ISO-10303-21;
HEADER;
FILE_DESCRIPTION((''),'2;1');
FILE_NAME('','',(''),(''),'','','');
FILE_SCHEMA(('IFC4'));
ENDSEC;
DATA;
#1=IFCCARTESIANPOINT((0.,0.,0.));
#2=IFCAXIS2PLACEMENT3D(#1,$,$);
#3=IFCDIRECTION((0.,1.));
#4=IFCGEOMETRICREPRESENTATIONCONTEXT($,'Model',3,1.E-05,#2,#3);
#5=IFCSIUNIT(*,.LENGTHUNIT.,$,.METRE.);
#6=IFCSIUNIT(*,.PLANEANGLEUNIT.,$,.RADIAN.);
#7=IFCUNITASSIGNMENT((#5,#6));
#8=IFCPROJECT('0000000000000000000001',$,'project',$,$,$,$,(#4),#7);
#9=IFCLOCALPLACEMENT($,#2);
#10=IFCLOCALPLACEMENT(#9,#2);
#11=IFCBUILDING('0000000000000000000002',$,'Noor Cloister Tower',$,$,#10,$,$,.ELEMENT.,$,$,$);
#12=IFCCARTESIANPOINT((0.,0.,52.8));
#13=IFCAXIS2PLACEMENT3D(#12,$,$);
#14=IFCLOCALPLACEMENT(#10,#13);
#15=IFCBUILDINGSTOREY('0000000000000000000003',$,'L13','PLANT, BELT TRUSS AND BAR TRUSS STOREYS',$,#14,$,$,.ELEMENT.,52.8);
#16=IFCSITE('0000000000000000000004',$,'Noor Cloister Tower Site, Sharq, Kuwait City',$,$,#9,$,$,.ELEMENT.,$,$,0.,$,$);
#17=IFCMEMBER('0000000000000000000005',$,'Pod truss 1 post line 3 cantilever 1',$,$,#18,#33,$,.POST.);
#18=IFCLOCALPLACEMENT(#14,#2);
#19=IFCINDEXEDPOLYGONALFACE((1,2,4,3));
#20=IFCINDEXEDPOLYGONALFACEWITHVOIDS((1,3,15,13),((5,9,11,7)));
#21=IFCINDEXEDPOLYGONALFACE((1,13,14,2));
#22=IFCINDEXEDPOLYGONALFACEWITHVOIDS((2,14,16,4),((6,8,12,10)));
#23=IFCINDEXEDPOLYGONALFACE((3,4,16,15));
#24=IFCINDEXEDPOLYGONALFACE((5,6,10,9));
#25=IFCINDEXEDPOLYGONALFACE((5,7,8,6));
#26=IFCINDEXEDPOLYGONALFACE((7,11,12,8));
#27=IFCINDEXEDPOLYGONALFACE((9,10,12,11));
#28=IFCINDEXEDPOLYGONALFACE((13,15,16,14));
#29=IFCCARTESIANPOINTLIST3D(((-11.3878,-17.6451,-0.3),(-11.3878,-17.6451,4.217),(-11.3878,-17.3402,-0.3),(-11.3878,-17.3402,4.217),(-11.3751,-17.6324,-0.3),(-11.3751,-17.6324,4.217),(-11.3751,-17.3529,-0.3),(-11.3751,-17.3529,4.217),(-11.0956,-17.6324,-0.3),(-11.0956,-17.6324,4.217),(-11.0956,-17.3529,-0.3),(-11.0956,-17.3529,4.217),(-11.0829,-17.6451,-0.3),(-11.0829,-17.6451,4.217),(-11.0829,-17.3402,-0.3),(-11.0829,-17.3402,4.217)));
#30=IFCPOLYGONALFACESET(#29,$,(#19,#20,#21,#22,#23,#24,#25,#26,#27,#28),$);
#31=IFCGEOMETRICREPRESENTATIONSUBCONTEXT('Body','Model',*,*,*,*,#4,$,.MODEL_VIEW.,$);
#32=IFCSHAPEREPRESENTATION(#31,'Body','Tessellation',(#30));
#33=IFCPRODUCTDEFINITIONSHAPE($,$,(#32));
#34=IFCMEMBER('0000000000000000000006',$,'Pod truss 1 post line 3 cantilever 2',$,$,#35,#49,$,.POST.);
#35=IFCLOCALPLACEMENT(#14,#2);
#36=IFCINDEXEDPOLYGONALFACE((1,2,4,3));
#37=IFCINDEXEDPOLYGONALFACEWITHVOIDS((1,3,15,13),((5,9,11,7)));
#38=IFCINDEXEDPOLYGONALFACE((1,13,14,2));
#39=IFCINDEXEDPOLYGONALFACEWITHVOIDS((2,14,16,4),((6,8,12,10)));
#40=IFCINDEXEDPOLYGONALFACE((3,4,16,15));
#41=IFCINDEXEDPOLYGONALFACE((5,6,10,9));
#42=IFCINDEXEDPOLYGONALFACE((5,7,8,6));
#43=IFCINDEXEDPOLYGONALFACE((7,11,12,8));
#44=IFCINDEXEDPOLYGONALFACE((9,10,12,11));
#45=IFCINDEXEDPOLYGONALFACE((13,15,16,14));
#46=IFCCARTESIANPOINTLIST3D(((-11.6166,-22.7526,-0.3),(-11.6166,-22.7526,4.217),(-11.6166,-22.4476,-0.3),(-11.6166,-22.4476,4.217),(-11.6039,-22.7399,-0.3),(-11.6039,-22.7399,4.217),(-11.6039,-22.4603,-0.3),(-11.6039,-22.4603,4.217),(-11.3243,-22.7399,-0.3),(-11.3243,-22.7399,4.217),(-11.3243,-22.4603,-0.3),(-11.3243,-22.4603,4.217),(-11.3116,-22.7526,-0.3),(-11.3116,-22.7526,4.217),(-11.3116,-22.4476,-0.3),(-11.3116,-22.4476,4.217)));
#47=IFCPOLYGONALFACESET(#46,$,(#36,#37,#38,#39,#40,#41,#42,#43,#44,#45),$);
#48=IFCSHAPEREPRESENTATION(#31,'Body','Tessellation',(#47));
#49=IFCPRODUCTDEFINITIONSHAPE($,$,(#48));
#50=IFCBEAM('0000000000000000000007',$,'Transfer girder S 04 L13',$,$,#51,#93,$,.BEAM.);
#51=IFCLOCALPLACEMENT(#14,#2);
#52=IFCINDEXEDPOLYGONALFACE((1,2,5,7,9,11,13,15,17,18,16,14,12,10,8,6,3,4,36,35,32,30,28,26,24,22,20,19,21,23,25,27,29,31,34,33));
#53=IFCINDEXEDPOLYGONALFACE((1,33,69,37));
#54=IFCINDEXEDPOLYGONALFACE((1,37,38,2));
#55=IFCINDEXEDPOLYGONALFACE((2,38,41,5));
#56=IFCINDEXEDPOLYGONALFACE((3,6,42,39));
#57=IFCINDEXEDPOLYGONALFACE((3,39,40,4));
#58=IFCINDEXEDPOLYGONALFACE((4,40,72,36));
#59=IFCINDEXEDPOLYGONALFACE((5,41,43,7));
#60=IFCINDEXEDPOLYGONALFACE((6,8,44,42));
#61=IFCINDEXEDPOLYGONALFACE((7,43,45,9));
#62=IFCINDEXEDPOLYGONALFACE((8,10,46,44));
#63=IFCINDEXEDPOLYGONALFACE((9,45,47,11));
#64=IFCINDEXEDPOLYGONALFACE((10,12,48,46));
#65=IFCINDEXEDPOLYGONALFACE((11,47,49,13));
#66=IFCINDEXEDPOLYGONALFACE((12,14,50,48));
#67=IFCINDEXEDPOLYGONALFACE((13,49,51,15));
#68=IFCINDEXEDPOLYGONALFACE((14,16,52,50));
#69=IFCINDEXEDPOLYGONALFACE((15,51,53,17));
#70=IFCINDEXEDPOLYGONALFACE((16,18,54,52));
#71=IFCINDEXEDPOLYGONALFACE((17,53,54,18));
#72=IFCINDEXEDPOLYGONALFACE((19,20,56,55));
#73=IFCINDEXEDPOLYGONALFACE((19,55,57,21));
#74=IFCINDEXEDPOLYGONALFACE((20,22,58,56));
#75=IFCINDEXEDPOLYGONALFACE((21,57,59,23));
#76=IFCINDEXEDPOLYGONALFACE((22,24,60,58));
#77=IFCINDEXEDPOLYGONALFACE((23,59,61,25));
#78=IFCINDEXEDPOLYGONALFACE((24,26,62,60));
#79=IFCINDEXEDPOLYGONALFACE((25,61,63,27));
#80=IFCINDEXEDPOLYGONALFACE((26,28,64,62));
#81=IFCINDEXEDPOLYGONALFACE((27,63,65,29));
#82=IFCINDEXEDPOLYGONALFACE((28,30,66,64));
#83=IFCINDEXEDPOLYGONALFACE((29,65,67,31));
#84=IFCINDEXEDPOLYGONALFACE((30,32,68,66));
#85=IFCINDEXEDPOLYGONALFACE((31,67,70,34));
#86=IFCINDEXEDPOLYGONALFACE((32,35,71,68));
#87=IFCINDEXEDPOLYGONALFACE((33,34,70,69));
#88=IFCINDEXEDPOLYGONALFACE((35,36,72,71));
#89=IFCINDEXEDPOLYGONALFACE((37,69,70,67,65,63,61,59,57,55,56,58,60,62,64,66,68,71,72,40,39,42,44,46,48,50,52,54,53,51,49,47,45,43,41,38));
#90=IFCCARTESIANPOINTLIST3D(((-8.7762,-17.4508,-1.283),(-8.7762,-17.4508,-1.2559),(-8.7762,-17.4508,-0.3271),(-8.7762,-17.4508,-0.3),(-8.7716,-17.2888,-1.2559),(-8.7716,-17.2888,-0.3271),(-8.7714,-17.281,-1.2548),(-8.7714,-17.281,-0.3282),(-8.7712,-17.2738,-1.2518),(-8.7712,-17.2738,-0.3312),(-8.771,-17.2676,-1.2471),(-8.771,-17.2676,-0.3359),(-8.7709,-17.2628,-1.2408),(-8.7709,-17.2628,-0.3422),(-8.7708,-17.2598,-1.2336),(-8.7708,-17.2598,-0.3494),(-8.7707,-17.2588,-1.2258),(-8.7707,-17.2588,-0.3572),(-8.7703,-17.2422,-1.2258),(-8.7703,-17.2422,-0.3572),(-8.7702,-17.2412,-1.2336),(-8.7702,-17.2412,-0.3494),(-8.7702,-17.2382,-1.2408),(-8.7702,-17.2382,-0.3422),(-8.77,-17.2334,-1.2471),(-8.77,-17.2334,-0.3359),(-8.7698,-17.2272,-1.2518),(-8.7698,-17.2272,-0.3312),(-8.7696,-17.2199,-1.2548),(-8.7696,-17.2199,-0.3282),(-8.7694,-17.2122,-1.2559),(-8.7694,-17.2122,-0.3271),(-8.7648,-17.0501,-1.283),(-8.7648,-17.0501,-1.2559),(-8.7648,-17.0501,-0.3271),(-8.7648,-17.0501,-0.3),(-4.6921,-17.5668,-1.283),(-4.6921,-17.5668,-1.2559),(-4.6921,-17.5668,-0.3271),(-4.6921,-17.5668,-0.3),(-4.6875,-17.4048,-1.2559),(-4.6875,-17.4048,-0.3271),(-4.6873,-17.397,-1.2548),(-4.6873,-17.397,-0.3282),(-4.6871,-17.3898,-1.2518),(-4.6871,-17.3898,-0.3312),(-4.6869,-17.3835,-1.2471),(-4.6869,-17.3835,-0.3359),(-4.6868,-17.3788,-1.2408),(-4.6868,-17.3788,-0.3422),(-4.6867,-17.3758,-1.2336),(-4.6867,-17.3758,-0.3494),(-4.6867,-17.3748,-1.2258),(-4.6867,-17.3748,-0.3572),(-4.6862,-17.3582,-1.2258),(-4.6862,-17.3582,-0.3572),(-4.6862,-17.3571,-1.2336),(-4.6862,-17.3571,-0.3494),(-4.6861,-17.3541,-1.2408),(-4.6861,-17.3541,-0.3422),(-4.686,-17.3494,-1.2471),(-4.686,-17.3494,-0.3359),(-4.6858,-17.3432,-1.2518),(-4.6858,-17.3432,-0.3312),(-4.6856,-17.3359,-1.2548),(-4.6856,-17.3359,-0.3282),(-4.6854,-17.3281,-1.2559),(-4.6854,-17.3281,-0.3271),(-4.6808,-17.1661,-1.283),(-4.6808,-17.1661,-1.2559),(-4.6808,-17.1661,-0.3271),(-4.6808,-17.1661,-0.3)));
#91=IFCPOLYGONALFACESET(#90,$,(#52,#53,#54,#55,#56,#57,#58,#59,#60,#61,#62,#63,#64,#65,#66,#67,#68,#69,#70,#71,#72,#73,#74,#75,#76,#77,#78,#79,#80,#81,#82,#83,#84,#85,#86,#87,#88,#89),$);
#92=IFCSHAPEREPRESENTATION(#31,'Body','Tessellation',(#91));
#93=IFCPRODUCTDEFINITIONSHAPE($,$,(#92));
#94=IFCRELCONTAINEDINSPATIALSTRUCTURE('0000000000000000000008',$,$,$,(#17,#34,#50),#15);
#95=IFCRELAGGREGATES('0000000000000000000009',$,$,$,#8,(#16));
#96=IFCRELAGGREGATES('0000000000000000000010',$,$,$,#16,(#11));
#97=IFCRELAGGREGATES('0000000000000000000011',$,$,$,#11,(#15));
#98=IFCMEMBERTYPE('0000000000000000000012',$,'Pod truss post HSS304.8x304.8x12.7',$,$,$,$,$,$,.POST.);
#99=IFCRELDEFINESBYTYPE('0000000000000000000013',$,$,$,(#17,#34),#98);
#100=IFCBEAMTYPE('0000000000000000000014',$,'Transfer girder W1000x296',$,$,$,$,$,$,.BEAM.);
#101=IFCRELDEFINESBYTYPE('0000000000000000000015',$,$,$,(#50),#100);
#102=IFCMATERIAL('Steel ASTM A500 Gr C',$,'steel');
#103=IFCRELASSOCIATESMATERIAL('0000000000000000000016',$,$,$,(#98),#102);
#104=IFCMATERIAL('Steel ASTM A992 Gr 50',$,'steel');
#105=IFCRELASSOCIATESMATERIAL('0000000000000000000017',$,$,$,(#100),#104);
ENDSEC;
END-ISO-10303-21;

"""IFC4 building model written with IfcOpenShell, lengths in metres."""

from ifc_helpers import new_model, si_unit, direction, frame, origin, origin_2d, place, context, subcontext, project, spatial, hollow_rectangle, i_section, extrude, material, material_profile, profile_set, type_object, element, save


model = new_model("IFC4")

# Units and contexts
model_context = context("Model", 3, precision=1e-05, world=origin(), true_north=direction((0.0, 1.0)))
body_context = subcontext(model_context, "Body", "Model", "MODEL_VIEW")
ifc_project = project(units=[si_unit("LENGTHUNIT", "METRE"), si_unit("PLANEANGLEUNIT", "RADIAN")], contexts=[model_context])

# Site, building, storey
site_placement = place(None, origin())
site = spatial("IfcSite", under=ifc_project, at=site_placement, Name="Noor Cloister Tower Site, Sharq, Kuwait City", CompositionType="ELEMENT", RefElevation=0.0)
building_placement = place(site_placement, origin())
building = spatial("IfcBuilding", under=site, at=building_placement, Name="Noor Cloister Tower", CompositionType="ELEMENT")
storey_placement = place(building_placement, frame((0.0, 0.0, 52.8)))
storey = spatial("IfcBuildingStorey", under=building, at=storey_placement, Name="L13", Description="PLANT, BELT TRUSS AND BAR TRUSS STOREYS", CompositionType="ELEMENT", Elevation=52.8)

# Members
ifc_material_1 = material(Name="Steel ASTM A500 Gr C", Category="steel")
ifc_material_profile_1 = material_profile(ifc_material_1, hollow_rectangle(XDim=0.3049, YDim=0.3049, WallThickness=0.0127, at=origin_2d()), Name="HSS304.8x304.8x12.7")
ifc_profile_set_1 = profile_set([ifc_material_profile_1], Name="Steel ASTM A500 Gr C")
member_type_1 = type_object("IfcMemberType", Name="Pod truss post HSS304.8x304.8x12.7", PredefinedType="POST", material=ifc_profile_set_1)
for number, where, z_axis, x_axis, name in (
    (1, (-11.2354, -17.4927, -0.3), (0.0, 0.0, 1.0), (1.0, 0.0, 0.0), "Pod truss 1 post line 3 cantilever 1"),
    (2, (-11.4641, -22.6001, -0.3), (0.0, 0.0, 1.0), (1.0, 0.0, 0.0), "Pod truss 1 post line 3 cantilever 2"),
):
    element("IfcMember", number, at=place(storey_placement, frame(where, z_axis=z_axis, x_axis=x_axis)), inside=storey, type_object=member_type_1, Name=name, PredefinedType="POST", context=body_context, shape_type="SweptSolid", body=[
        extrude(hollow_rectangle(XDim=0.3049, YDim=0.3049, WallThickness=0.0127, at=origin_2d()), origin(), (0.0, 0.0, 1.0), 4.5171),
    ])

# Beam
ifc_material_2 = material(Name="Steel ASTM A992 Gr 50", Category="steel")
ifc_material_profile_2 = material_profile(ifc_material_2, i_section(OverallWidth=0.4009, OverallDepth=0.9829, WebThickness=0.0166, FlangeThickness=0.0271, FilletRadius=0.03, at=origin_2d()), Name="W1000x296")
ifc_profile_set_2 = profile_set([ifc_material_profile_2], Name="Steel ASTM A992 Gr 50")
beam_type = type_object("IfcBeamType", Name="Transfer girder W1000x296", PredefinedType="BEAM", material=ifc_profile_set_2)
beam_placement = place(storey_placement, frame((-8.7705, -17.2505, -0.7915), z_axis=(0.999597, -0.028384, 0.0), x_axis=(0.028384, 0.999597, 0.0)))
element("IfcBeam", 3, at=beam_placement, inside=storey, type_object=beam_type, Name="Transfer girder S 04 L13", PredefinedType="BEAM", context=body_context, shape_type="SweptSolid", body=[
    extrude(i_section(OverallWidth=0.4009, OverallDepth=0.9829, WebThickness=0.0166, FlangeThickness=0.0271, FilletRadius=0.03, at=origin_2d()), origin(), (0.0, 0.0, 1.0), 4.0857),
])

save(model, "model.ifc")
